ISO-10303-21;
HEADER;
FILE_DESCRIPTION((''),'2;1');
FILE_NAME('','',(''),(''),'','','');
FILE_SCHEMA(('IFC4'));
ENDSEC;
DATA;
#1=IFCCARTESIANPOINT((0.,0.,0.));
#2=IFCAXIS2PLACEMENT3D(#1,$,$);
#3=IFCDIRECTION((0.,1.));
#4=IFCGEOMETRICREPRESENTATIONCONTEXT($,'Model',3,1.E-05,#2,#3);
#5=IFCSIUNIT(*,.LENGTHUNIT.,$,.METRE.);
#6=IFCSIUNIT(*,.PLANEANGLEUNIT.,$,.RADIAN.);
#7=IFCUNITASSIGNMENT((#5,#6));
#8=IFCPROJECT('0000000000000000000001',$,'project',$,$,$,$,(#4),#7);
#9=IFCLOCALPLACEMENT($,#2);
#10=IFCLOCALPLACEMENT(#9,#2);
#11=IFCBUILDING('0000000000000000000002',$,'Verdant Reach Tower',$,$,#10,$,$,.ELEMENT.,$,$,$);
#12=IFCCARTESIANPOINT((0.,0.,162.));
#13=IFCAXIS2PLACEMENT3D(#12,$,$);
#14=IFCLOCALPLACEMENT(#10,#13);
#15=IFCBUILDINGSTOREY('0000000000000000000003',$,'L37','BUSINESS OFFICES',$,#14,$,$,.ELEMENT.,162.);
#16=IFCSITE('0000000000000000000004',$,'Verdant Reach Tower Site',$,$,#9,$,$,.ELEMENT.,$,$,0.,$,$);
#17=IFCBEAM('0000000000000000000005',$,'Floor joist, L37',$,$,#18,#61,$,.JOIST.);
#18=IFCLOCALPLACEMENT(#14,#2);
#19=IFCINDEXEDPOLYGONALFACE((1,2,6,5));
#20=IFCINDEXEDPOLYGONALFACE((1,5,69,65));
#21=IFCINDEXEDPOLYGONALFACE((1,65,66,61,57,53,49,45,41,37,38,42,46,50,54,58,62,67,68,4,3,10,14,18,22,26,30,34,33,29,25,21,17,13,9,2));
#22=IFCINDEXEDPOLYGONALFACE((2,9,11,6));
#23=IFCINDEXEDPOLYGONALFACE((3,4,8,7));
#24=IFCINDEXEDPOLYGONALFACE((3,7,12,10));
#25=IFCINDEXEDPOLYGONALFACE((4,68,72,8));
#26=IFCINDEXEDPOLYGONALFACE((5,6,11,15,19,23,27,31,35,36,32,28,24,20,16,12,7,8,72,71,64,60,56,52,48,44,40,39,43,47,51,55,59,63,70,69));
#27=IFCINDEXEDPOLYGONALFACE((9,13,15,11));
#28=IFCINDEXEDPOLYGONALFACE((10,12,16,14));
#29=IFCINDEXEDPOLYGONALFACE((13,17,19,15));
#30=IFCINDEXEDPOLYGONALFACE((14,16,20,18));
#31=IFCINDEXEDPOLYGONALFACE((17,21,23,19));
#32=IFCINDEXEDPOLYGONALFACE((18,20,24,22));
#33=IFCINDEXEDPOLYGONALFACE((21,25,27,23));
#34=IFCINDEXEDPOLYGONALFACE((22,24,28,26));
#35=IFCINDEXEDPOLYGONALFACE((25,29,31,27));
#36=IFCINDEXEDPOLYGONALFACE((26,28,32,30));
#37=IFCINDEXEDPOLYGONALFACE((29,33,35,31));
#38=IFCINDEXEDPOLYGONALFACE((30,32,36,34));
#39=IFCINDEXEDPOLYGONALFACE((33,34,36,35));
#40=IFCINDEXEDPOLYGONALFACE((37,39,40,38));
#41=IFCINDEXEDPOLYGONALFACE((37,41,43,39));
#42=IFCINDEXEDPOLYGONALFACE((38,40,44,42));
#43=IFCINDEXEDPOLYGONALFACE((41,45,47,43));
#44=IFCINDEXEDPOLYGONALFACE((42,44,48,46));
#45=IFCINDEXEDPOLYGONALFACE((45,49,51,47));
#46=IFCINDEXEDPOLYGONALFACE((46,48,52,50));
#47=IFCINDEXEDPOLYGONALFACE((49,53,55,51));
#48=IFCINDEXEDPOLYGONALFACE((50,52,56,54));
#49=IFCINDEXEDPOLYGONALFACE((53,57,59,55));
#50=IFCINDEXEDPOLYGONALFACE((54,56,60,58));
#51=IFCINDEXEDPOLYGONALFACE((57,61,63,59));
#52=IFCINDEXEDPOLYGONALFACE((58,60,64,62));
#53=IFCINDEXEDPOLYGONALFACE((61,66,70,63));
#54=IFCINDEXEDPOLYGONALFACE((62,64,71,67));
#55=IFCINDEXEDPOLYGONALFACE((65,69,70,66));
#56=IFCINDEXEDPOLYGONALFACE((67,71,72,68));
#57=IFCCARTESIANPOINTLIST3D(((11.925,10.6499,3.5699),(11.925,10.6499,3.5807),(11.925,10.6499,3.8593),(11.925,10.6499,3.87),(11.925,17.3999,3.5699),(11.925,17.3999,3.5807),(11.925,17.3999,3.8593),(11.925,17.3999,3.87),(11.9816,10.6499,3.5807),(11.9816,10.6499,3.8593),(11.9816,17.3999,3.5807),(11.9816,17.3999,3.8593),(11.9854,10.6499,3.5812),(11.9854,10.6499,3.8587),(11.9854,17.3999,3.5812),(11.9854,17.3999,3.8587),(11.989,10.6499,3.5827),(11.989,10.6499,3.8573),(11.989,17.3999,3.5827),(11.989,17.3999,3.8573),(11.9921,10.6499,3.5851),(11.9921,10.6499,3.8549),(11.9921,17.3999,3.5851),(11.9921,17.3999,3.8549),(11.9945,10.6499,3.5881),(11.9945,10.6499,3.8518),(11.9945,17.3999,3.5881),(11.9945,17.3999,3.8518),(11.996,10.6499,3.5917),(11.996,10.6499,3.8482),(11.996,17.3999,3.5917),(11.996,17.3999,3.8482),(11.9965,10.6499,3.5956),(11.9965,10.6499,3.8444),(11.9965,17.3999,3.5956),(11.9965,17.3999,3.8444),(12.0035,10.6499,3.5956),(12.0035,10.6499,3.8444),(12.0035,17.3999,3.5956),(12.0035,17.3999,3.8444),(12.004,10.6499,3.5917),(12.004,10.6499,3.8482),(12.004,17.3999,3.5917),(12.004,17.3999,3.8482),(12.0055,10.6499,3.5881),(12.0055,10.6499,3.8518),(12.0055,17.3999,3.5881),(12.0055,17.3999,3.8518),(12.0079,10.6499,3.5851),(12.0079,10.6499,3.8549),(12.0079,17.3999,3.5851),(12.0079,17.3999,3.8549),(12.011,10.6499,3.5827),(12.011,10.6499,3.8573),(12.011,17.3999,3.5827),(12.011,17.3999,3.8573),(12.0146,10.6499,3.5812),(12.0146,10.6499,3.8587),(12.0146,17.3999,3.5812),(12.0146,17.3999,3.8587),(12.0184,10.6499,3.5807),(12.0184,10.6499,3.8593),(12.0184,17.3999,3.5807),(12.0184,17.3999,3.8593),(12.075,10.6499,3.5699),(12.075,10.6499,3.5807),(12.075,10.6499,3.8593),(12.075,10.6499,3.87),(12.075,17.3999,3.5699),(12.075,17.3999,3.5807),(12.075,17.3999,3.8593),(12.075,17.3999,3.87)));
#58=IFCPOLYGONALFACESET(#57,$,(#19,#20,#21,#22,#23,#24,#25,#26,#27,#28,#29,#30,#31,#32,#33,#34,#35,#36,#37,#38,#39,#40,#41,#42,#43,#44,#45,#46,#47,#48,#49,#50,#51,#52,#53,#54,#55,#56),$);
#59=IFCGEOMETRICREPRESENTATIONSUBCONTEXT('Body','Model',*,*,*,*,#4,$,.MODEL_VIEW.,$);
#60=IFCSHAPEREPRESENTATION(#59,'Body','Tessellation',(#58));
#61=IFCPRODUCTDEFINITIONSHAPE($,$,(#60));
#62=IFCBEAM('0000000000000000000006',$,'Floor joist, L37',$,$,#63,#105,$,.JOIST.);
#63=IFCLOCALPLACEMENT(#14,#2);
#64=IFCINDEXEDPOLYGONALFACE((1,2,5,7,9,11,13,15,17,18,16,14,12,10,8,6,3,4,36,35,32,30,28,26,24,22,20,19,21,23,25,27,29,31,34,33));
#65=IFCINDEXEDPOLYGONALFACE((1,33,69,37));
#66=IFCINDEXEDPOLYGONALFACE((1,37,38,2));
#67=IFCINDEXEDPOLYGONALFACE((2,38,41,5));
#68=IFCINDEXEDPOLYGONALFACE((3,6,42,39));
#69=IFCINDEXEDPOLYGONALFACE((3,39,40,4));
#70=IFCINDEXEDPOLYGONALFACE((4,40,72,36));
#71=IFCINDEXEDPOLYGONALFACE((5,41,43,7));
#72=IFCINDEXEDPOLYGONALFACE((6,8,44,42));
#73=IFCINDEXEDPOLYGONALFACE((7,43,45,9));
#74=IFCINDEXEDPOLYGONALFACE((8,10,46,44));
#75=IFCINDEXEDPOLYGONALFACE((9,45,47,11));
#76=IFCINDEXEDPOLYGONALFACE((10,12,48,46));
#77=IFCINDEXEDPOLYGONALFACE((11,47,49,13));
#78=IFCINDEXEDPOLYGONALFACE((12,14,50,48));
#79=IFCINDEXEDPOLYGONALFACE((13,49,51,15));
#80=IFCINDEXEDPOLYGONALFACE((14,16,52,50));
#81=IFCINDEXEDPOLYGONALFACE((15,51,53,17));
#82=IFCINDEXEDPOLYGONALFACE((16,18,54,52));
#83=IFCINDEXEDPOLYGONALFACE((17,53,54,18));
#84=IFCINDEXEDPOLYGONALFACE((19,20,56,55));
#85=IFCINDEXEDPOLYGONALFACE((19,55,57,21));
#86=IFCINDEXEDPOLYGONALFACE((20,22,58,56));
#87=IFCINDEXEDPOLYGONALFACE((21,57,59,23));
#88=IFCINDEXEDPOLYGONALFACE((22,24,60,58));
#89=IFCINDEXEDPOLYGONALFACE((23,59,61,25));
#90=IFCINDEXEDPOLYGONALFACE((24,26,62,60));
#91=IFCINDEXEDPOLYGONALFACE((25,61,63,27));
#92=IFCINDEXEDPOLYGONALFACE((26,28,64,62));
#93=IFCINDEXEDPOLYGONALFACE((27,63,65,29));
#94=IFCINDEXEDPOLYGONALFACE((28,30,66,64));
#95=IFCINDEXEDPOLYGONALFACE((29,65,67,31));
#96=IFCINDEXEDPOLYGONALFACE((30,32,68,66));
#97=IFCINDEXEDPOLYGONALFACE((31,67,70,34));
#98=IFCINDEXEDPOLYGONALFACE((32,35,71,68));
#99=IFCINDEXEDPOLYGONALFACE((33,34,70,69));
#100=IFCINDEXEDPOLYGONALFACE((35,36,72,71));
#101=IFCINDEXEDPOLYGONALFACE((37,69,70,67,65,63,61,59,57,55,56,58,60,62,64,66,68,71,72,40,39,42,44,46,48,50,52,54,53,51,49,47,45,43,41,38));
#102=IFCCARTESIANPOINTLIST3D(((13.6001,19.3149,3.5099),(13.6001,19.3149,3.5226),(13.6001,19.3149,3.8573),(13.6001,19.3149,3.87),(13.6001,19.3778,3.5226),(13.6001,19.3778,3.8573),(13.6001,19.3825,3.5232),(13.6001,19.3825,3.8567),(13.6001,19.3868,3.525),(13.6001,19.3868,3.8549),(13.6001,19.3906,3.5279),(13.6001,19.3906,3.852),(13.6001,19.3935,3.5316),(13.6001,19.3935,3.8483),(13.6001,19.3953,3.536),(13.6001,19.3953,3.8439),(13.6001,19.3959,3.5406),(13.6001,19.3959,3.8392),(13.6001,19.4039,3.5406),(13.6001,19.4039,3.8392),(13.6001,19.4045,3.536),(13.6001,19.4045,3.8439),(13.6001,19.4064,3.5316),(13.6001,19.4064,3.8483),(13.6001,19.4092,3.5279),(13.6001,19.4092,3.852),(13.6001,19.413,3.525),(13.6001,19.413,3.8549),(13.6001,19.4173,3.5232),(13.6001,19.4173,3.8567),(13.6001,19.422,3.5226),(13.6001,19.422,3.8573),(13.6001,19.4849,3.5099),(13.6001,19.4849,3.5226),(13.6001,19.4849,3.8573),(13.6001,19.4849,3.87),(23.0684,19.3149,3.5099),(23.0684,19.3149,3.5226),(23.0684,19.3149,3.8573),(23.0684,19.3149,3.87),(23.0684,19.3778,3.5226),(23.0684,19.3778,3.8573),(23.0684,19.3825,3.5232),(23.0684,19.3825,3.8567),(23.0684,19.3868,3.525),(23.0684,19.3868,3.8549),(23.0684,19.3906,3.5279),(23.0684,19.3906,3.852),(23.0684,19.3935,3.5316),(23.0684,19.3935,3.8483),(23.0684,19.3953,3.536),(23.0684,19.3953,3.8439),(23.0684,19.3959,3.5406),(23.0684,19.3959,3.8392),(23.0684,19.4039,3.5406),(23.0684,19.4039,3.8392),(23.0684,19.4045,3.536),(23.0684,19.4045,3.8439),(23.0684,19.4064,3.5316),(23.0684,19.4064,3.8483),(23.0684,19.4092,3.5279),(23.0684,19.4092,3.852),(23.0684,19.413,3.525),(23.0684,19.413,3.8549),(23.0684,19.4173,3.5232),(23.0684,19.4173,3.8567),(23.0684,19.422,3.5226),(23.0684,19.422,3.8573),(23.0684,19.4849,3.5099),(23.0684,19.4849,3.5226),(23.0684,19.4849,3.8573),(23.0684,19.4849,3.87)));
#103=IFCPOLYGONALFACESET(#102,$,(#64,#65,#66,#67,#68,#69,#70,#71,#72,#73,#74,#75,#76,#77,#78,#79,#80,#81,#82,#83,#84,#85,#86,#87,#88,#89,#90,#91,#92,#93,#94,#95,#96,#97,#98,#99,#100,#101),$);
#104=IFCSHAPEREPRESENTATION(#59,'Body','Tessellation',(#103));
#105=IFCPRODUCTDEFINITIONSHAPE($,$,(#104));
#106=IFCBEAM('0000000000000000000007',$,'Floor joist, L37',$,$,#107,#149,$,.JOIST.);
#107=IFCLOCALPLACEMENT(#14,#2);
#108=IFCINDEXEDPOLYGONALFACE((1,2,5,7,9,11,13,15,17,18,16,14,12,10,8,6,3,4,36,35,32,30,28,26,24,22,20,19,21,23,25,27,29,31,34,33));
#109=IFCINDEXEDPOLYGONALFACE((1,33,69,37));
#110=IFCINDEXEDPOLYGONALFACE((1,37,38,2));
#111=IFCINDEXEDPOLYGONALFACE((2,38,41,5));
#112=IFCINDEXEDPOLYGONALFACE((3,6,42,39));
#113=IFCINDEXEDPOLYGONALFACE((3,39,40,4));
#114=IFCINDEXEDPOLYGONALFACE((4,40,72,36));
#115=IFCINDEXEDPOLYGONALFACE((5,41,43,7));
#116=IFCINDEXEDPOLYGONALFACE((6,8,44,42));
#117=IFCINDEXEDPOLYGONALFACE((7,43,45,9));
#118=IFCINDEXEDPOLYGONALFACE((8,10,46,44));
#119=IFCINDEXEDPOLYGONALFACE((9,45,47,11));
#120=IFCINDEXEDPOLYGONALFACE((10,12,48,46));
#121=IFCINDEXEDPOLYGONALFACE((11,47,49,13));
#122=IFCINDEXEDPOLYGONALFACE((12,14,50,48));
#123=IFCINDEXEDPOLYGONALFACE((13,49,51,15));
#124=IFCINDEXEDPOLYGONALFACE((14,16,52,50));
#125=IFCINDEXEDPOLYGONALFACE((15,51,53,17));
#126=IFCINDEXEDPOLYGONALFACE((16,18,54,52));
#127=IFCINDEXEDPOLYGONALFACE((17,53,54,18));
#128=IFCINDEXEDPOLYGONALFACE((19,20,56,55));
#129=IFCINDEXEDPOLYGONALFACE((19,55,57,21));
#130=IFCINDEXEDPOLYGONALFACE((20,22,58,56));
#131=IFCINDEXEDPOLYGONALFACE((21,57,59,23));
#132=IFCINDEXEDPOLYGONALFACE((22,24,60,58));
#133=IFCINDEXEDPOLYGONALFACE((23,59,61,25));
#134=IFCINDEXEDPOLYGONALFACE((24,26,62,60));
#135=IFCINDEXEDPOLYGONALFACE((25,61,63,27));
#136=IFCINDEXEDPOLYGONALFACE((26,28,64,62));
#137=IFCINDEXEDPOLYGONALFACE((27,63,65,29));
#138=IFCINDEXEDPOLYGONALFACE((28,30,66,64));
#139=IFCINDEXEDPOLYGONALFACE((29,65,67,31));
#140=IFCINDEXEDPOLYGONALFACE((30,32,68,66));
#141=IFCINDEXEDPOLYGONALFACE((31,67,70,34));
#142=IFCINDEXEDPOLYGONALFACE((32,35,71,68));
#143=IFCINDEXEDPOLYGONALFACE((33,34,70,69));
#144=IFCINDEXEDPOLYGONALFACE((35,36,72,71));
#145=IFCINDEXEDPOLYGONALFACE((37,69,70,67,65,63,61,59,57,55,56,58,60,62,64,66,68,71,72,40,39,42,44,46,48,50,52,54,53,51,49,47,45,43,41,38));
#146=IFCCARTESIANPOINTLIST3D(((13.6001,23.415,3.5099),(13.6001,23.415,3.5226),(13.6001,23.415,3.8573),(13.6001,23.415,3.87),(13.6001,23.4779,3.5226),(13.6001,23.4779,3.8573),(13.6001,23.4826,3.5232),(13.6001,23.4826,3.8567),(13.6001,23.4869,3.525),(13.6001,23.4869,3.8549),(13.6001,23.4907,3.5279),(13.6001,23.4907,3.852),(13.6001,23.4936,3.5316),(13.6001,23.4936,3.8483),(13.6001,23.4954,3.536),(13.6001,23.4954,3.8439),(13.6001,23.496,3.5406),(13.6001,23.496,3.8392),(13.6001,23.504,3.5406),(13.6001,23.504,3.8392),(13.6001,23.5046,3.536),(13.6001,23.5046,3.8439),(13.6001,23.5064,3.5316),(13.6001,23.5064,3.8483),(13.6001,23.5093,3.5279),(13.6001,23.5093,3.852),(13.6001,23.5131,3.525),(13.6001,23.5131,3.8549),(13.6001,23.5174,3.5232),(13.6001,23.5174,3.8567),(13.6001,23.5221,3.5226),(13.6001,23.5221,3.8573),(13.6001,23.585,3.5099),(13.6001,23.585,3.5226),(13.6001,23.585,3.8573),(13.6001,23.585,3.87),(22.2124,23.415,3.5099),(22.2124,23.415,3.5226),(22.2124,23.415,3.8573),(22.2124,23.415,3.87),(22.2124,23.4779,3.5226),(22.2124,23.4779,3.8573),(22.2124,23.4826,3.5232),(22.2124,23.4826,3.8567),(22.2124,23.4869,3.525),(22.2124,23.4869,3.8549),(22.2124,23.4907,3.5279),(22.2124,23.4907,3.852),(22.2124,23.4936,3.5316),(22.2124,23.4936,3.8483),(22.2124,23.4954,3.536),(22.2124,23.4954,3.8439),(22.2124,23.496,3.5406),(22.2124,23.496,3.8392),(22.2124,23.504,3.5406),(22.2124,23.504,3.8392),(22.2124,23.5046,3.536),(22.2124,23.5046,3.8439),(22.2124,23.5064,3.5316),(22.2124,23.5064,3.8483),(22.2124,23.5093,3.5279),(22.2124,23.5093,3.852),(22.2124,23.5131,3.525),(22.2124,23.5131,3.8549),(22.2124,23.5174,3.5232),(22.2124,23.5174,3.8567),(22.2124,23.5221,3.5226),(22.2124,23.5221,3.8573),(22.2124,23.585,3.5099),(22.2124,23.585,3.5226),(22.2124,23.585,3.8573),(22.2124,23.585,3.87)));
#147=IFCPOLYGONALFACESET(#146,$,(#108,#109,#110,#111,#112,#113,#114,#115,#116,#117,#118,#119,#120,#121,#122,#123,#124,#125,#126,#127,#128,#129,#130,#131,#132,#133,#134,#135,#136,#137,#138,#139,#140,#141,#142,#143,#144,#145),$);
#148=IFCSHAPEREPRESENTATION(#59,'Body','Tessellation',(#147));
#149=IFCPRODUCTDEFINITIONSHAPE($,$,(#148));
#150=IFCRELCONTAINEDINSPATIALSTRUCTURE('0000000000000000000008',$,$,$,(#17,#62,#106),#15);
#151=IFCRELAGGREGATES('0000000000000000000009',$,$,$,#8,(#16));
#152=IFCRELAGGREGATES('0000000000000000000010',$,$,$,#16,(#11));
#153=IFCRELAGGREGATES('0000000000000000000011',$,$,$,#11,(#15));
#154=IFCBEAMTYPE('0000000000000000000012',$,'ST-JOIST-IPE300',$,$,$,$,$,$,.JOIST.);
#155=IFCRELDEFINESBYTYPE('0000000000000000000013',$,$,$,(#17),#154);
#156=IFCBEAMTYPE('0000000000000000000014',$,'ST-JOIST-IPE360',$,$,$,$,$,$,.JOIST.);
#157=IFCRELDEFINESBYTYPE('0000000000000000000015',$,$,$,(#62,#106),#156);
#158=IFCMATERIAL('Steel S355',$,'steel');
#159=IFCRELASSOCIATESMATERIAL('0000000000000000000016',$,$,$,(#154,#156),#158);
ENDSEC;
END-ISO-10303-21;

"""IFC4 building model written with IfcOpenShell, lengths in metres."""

from ifc_helpers import new_model, si_unit, direction, frame, origin, origin_2d, place, context, subcontext, project, spatial, i_section, extrude, material, material_profile, profile_set, type_object, element, save


model = new_model("IFC4")

# Units and contexts
model_context = context("Model", 3, precision=1e-05, world=origin(), true_north=direction((0.0, 1.0)))
body_context = subcontext(model_context, "Body", "Model", "MODEL_VIEW")
ifc_project = project(units=[si_unit("LENGTHUNIT", "METRE"), si_unit("PLANEANGLEUNIT", "RADIAN")], contexts=[model_context])

# Site, building, storey
site_placement = place(None, origin())
site = spatial("IfcSite", under=ifc_project, at=site_placement, Name="Verdant Reach Tower Site", CompositionType="ELEMENT", RefElevation=0.0)
building_placement = place(site_placement, origin())
building = spatial("IfcBuilding", under=site, at=building_placement, Name="Verdant Reach Tower", CompositionType="ELEMENT")
storey_placement = place(building_placement, frame((0.0, 0.0, 162.0)))
storey = spatial("IfcBuildingStorey", under=building, at=storey_placement, Name="L37", Description="BUSINESS OFFICES", CompositionType="ELEMENT", Elevation=162.0)

# Beams
ifc_material_1 = material(Name="Steel S355", Category="steel")
ifc_material_profile_1 = material_profile(ifc_material_1, i_section(OverallWidth=0.1499, OverallDepth=0.3, WebThickness=0.0071, FlangeThickness=0.0107, FilletRadius=0.0149, at=origin_2d()), Name="IPE 300")
ifc_profile_set_1 = profile_set([ifc_material_profile_1], Name="Steel S355")
beam_type_1 = type_object("IfcBeamType", Name="ST-JOIST-IPE300", PredefinedType="JOIST", material=ifc_profile_set_1)
beam_1_placement = place(storey_placement, frame((12.0, 17.3999, 3.72), z_axis=(0.0, -1.0, 0.0), x_axis=(1.0, 0.0, 0.0)))
element("IfcBeam", 1, at=beam_1_placement, inside=storey, type_object=beam_type_1, Name="Floor joist, L37", PredefinedType="JOIST", context=body_context, shape_type="SweptSolid", body=[
    extrude(i_section(OverallWidth=0.1499, OverallDepth=0.3, WebThickness=0.0071, FlangeThickness=0.0107, FilletRadius=0.0149, at=origin_2d()), origin(), (0.0, 0.0, 1.0), 6.75),
])
ifc_material_profile_2 = material_profile(ifc_material_1, i_section(OverallWidth=0.1699, OverallDepth=0.3601, WebThickness=0.0081, FlangeThickness=0.0127, FilletRadius=0.0181, at=origin_2d()), Name="IPE 360")
ifc_profile_set_2 = profile_set([ifc_material_profile_2], Name="Steel S355")
beam_type_2 = type_object("IfcBeamType", Name="ST-JOIST-IPE360", PredefinedType="JOIST", material=ifc_profile_set_2)
beam_2_placement = place(storey_placement, frame((13.6001, 19.3999, 3.6899), z_axis=(1.0, 0.0, 0.0), x_axis=(0.0, 1.0, 0.0)))
element("IfcBeam", 2, at=beam_2_placement, inside=storey, type_object=beam_type_2, Name="Floor joist, L37", PredefinedType="JOIST", context=body_context, shape_type="SweptSolid", body=[
    extrude(i_section(OverallWidth=0.1699, OverallDepth=0.3601, WebThickness=0.0081, FlangeThickness=0.0127, FilletRadius=0.0181, at=origin_2d()), origin(), (0.0, 0.0, 1.0), 9.4683),
])
beam_3_placement = place(storey_placement, frame((13.6001, 23.5, 3.6899), z_axis=(1.0, 0.0, 0.0), x_axis=(0.0, 1.0, 0.0)))
element("IfcBeam", 3, at=beam_3_placement, inside=storey, type_object=beam_type_2, Name="Floor joist, L37", PredefinedType="JOIST", context=body_context, shape_type="SweptSolid", body=[
    extrude(i_section(OverallWidth=0.1699, OverallDepth=0.3601, WebThickness=0.0081, FlangeThickness=0.0127, FilletRadius=0.0181, at=origin_2d()), origin(), (0.0, 0.0, 1.0), 8.6123),
])

save(model, "model.ifc")
